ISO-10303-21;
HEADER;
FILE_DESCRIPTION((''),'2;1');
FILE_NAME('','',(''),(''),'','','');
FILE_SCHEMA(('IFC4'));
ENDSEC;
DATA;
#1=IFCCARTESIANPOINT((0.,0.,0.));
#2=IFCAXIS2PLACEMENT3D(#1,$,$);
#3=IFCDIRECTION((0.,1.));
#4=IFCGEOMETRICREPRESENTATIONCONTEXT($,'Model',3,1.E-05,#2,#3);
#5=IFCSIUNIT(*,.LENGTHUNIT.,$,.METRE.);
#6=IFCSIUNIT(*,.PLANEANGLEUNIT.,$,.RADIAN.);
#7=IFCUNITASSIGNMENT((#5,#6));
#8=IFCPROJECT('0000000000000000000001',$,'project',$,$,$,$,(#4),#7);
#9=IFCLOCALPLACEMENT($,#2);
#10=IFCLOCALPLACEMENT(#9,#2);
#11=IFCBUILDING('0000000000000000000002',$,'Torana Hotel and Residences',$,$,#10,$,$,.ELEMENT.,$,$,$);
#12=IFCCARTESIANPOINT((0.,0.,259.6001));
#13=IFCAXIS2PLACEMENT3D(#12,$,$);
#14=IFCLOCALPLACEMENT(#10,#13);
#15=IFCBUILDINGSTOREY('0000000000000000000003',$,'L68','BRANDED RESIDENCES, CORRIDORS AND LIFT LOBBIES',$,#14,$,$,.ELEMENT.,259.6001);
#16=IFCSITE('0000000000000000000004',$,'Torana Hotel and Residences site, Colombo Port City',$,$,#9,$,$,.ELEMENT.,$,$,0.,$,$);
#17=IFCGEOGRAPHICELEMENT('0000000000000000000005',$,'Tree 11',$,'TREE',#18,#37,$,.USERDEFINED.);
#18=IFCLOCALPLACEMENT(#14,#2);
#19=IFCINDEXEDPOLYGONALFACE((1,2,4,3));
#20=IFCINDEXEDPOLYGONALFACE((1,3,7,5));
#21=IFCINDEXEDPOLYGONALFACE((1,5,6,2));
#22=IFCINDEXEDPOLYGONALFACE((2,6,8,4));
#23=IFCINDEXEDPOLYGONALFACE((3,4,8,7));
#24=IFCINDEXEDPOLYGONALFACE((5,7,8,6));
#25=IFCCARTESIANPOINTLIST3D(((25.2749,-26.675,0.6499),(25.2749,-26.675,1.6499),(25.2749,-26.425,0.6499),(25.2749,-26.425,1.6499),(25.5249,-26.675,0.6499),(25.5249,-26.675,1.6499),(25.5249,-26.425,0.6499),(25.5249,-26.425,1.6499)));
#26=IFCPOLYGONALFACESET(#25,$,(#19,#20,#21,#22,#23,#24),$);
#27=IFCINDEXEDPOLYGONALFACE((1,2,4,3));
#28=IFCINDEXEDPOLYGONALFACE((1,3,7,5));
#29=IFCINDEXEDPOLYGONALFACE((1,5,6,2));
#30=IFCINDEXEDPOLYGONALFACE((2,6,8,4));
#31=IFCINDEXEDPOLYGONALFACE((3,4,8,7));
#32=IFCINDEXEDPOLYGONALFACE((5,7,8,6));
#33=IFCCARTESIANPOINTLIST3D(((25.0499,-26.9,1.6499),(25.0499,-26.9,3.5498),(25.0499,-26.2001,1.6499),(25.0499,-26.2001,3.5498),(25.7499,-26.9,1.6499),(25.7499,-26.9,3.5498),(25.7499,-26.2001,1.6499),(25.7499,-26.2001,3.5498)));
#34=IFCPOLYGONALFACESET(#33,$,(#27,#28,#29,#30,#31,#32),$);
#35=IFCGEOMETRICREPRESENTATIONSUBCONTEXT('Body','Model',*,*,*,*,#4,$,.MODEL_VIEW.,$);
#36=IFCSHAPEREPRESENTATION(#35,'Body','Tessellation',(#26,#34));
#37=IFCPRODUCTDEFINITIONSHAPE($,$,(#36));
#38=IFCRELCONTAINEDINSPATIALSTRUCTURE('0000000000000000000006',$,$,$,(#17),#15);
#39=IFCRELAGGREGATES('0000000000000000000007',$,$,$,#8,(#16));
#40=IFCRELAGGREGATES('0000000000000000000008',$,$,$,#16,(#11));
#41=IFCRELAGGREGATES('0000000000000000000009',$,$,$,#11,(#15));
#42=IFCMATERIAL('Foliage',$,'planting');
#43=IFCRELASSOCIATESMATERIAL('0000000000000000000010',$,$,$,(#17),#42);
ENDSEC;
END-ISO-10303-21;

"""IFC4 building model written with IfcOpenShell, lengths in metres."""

from ifc_helpers import new_model, si_unit, direction, frame, origin, origin_2d, place, context, subcontext, project, spatial, rectangle, extrude, material, element, save


model = new_model("IFC4")

# Units and contexts
model_context = context("Model", 3, precision=1e-05, world=origin(), true_north=direction((0.0, 1.0)))
body_context = subcontext(model_context, "Body", "Model", "MODEL_VIEW")
ifc_project = project(units=[si_unit("LENGTHUNIT", "METRE"), si_unit("PLANEANGLEUNIT", "RADIAN")], contexts=[model_context])

# Site, building, storey
site_placement = place(None, origin())
site = spatial("IfcSite", under=ifc_project, at=site_placement, Name="Torana Hotel and Residences site, Colombo Port City", CompositionType="ELEMENT", RefElevation=0.0)
building_placement = place(site_placement, origin())
building = spatial("IfcBuilding", under=site, at=building_placement, Name="Torana Hotel and Residences", CompositionType="ELEMENT")
storey_placement = place(building_placement, frame((0.0, 0.0, 259.6001)))
storey = spatial("IfcBuildingStorey", under=building, at=storey_placement, Name="L68", Description="BRANDED RESIDENCES, CORRIDORS AND LIFT LOBBIES", CompositionType="ELEMENT", Elevation=259.6001)

# Geographic element
ifc_material_1 = material(Name="Foliage", Category="planting")
geographic_element_placement = place(storey_placement, frame((25.3999, -26.55, 0.6499), z_axis=(0.0, 0.0, 1.0), x_axis=(1.0, 0.0, 0.0)))
element("IfcGeographicElement", 1, at=geographic_element_placement, inside=storey, material=ifc_material_1, Name="Tree 11", ObjectType="TREE", PredefinedType="USERDEFINED", context=body_context, shape_type="SweptSolid", body=[
    extrude(rectangle(XDim=0.25, YDim=0.25, at=origin_2d()), origin(), (0.0, 0.0, 1.0), 1.0),
    extrude(rectangle(XDim=0.7, YDim=0.7, at=origin_2d()), frame((0.0, 0.0, 1.0)), (0.0, 0.0, 1.0), 1.8999),
])

save(model, "model.ifc")
